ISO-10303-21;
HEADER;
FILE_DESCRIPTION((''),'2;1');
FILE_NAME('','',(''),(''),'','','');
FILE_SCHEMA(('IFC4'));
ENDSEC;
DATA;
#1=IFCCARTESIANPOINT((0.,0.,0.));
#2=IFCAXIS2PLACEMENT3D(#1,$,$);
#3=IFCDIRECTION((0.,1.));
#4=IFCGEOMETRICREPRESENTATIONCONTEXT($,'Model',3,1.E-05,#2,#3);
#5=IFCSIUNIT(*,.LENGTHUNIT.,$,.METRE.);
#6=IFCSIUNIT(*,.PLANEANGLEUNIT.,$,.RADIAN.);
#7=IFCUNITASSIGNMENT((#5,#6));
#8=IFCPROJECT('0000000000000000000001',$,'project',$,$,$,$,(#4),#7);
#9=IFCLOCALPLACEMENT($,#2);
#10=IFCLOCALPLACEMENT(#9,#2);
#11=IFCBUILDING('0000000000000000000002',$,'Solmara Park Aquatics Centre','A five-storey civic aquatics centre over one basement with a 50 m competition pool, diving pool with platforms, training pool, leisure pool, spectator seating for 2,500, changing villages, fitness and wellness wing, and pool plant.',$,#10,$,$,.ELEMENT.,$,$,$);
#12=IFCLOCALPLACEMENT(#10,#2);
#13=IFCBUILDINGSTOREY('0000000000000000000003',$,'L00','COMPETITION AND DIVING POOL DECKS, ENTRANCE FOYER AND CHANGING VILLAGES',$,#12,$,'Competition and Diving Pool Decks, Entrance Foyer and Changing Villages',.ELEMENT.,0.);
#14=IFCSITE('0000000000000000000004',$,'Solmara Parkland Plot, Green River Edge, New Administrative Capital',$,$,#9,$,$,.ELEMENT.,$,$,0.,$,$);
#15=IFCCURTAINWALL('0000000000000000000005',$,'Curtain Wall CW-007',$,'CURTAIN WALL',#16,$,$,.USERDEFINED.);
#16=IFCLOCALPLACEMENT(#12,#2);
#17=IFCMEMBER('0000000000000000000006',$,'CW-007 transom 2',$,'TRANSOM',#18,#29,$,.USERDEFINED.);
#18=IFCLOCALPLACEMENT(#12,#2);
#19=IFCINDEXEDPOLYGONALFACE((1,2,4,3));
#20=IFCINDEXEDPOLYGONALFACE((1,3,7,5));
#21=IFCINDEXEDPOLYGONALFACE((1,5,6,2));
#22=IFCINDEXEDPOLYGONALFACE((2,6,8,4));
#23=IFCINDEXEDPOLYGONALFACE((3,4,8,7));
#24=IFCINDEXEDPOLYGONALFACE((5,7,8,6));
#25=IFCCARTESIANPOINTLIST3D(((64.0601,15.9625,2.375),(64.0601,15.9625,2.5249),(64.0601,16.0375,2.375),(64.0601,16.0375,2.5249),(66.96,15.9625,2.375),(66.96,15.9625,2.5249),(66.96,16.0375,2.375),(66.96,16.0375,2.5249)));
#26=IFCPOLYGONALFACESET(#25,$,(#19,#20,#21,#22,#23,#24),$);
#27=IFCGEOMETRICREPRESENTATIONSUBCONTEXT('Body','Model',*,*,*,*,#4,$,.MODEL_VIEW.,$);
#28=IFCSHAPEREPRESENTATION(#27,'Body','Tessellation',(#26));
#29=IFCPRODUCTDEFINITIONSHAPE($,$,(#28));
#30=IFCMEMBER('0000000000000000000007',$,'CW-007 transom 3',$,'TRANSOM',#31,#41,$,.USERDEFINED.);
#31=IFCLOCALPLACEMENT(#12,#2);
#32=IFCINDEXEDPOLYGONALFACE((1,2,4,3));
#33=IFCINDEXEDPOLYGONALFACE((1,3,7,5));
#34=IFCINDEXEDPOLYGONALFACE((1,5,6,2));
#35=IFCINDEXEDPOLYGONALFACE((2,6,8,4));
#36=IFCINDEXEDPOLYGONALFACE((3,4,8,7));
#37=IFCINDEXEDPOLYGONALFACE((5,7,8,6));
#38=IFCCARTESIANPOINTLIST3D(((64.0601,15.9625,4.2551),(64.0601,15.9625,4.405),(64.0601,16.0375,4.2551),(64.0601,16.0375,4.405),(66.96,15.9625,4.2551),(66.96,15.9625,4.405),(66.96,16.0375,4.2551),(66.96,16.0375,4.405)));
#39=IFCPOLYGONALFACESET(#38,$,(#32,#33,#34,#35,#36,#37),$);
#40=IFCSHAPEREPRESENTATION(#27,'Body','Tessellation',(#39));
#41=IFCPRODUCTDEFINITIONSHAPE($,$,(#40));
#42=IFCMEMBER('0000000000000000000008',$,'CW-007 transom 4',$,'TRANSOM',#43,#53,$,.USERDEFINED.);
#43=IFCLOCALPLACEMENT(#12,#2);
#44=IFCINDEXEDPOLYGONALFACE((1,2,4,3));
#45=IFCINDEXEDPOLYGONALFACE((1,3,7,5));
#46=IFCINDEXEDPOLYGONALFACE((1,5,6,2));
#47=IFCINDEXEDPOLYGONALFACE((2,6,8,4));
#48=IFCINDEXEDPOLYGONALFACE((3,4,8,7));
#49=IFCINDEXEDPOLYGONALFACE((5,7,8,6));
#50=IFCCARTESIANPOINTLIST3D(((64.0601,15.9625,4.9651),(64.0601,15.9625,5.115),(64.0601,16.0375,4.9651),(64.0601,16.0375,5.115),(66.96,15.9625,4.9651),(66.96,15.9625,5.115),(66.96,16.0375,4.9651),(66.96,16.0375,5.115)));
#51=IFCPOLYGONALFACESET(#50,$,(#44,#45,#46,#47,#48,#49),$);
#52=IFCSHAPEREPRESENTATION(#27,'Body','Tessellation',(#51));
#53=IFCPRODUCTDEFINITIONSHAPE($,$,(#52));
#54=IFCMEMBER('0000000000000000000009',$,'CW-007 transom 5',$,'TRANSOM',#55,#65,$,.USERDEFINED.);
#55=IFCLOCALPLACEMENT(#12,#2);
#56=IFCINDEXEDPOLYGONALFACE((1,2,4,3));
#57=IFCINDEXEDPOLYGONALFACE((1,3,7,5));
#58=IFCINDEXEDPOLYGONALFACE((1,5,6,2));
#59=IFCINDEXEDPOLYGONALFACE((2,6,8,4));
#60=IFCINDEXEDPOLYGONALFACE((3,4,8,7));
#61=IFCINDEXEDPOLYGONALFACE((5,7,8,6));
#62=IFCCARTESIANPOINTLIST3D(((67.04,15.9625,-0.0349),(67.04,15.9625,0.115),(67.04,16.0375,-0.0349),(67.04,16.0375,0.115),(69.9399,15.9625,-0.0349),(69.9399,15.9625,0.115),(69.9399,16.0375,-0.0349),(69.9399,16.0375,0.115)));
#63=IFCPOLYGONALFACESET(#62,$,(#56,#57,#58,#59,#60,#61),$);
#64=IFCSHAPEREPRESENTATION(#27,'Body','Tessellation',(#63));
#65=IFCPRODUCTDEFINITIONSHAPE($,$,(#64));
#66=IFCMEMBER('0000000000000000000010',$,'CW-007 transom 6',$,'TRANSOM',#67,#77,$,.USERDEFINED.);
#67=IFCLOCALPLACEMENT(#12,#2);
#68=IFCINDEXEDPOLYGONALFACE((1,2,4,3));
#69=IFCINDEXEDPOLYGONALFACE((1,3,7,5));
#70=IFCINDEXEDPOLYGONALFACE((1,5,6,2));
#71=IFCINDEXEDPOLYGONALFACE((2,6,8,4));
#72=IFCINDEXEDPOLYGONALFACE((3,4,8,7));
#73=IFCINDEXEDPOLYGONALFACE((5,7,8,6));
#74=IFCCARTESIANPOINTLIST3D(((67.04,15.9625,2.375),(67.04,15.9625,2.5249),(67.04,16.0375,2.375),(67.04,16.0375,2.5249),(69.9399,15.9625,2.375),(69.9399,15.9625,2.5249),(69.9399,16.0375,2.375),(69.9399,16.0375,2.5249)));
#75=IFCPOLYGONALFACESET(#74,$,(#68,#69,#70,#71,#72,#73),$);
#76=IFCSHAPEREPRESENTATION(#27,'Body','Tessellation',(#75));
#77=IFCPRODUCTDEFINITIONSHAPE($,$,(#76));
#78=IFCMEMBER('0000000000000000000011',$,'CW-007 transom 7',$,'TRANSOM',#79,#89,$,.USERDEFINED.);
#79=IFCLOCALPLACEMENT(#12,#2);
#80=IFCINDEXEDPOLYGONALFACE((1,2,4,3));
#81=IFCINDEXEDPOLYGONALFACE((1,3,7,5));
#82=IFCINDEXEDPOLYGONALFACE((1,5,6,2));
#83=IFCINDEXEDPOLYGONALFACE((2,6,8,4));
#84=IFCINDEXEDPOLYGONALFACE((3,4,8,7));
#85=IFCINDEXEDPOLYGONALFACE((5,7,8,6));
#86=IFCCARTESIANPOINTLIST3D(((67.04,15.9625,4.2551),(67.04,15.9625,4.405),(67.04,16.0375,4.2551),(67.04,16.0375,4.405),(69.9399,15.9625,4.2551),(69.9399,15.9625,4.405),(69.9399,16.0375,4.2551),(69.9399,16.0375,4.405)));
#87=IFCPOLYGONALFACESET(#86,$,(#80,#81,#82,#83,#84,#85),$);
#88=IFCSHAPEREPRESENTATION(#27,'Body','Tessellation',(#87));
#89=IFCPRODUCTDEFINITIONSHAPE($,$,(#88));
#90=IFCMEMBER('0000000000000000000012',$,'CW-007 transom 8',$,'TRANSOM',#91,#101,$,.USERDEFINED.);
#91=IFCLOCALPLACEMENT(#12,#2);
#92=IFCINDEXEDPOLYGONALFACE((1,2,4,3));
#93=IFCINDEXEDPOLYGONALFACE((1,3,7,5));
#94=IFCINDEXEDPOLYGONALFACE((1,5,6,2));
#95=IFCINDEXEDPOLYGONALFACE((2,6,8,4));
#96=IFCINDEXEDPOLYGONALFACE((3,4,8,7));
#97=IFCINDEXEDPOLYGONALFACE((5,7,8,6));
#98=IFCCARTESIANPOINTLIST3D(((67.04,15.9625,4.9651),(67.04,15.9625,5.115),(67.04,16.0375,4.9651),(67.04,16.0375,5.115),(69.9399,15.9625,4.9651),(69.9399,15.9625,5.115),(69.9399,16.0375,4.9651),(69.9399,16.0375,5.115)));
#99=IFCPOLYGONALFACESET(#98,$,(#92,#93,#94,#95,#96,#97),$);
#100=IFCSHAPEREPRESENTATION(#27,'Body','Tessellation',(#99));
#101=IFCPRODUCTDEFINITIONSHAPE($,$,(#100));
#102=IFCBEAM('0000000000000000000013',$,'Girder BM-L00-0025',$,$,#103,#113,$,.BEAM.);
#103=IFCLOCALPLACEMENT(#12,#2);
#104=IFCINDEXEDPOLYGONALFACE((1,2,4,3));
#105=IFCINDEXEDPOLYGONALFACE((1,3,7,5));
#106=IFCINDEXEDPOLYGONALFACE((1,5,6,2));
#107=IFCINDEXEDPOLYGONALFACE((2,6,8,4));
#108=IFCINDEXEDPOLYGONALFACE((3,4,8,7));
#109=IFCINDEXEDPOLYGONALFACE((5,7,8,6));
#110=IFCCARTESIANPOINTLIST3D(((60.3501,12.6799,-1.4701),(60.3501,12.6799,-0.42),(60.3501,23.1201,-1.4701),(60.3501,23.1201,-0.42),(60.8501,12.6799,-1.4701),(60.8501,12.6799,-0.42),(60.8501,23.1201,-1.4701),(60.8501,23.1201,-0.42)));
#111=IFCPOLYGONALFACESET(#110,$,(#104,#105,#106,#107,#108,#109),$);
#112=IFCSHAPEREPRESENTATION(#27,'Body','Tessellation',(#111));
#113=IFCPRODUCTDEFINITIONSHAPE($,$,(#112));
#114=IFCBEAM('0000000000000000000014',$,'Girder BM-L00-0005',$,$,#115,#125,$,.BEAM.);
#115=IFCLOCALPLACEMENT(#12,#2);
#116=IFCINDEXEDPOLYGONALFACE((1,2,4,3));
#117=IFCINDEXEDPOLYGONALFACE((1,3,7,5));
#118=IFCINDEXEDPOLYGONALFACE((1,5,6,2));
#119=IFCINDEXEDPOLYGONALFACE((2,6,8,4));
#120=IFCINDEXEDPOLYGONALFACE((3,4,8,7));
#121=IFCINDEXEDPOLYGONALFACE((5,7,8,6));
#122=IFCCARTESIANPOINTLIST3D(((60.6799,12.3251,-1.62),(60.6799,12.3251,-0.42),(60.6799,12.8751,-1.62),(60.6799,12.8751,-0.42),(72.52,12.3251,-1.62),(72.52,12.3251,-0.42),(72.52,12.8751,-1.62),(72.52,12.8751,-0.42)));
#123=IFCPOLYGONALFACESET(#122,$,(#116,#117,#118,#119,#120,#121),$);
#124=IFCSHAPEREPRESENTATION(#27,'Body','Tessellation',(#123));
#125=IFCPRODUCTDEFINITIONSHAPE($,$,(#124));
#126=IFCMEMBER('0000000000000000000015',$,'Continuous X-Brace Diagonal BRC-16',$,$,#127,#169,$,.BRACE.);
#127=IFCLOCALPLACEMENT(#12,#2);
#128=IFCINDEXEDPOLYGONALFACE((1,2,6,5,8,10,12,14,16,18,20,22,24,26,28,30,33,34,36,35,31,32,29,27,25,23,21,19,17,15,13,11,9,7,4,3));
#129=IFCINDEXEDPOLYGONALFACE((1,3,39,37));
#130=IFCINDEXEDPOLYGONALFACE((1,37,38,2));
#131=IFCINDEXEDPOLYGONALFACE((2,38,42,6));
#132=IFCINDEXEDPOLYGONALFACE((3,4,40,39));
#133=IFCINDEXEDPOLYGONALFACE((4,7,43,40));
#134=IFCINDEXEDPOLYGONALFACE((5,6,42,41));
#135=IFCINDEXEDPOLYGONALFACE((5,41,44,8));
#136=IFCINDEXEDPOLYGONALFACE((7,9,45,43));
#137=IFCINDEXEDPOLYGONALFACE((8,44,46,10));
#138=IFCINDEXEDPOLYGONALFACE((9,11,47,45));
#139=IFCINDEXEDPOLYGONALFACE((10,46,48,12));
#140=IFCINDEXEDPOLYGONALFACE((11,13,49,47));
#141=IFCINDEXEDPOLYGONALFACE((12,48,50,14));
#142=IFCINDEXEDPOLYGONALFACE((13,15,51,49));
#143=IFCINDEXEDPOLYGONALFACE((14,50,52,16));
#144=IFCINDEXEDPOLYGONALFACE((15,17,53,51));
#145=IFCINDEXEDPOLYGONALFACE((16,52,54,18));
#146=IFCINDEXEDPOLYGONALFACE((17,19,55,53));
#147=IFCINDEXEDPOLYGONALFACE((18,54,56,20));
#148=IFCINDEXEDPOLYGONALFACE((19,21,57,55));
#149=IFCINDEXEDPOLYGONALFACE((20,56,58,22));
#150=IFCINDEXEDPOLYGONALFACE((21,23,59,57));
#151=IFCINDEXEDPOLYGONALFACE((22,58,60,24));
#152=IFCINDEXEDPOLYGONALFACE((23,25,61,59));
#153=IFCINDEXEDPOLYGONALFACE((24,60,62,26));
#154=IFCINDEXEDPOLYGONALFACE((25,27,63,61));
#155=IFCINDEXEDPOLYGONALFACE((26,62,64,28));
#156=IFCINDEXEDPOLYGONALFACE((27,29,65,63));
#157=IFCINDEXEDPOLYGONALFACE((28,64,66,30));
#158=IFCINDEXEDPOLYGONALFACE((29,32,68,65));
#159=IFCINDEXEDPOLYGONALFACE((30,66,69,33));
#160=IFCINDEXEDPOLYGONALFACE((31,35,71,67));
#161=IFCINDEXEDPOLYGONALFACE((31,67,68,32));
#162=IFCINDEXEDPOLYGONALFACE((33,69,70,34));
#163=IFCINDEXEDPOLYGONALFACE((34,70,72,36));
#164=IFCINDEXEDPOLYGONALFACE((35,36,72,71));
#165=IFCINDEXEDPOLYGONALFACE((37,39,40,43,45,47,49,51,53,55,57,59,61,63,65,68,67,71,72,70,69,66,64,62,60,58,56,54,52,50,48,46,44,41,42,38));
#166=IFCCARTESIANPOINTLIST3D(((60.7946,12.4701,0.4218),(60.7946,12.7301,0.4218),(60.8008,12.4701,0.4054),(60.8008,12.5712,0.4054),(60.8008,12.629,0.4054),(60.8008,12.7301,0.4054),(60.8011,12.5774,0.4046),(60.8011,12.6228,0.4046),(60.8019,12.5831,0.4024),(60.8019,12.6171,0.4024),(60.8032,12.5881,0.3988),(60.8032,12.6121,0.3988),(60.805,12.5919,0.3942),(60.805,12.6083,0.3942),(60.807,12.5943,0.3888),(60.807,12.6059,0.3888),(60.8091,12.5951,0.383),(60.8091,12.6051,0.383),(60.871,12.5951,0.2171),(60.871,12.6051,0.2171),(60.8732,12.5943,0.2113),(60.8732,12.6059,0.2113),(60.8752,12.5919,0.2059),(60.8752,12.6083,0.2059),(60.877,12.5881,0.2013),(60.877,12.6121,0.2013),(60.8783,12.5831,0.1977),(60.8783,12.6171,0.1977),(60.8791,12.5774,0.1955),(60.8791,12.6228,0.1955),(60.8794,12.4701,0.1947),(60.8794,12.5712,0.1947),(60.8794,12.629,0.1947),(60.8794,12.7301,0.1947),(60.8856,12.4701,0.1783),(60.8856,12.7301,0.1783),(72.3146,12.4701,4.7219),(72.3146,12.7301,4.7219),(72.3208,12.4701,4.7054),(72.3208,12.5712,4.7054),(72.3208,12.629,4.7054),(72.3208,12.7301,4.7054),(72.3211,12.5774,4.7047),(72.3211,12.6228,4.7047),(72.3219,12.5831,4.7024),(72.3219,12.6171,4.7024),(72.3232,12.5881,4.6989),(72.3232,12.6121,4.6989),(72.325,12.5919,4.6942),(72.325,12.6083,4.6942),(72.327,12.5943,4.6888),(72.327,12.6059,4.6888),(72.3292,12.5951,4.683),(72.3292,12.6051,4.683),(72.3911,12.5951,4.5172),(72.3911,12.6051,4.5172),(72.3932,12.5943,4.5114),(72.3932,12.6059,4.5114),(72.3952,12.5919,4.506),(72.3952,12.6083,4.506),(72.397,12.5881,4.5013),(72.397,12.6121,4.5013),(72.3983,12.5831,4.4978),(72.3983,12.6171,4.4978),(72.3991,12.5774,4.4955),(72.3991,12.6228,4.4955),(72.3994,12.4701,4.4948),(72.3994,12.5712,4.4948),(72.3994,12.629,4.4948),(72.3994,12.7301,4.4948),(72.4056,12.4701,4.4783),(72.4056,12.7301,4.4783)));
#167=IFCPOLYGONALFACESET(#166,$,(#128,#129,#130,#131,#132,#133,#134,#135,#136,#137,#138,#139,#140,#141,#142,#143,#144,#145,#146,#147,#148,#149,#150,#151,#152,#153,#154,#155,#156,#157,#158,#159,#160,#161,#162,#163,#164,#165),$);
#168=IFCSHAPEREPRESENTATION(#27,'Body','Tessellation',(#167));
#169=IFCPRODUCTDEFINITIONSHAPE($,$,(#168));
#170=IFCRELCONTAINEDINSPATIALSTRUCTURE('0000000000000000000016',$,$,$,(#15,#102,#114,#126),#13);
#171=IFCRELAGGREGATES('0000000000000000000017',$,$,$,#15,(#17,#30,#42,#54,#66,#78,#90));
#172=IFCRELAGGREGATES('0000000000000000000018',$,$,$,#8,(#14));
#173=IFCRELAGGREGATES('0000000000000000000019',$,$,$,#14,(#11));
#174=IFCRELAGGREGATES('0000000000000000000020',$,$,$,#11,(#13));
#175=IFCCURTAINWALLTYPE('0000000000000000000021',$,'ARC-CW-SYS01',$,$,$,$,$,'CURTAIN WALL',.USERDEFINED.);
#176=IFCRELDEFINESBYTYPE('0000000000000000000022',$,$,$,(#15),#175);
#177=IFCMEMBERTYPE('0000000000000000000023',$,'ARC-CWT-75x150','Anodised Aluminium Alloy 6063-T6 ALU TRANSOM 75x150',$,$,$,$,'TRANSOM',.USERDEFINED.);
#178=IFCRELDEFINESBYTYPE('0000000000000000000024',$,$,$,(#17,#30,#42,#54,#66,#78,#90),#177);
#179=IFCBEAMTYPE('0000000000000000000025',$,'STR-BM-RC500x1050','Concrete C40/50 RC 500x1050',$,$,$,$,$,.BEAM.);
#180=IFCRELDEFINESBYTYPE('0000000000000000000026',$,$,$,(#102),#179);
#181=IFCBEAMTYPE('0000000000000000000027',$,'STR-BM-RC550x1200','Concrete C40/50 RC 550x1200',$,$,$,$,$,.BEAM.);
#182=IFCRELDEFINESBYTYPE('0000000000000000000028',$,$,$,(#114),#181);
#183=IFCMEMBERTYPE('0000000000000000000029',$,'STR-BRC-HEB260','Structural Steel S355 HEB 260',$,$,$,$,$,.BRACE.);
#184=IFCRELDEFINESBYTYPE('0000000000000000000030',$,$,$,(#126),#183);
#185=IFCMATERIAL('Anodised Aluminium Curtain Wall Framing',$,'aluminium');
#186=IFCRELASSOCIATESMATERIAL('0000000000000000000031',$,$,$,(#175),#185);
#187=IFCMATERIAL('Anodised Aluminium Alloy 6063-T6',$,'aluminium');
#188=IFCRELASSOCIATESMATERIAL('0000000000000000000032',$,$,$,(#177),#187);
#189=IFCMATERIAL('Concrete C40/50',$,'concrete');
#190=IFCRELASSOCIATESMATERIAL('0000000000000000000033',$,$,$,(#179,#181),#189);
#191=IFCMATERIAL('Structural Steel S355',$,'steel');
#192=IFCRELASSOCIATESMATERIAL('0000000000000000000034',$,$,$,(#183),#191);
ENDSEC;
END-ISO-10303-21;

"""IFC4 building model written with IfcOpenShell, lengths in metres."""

from ifc_helpers import new_model, si_unit, direction, frame, origin, origin_2d, place, context, subcontext, project, spatial, rectangle, i_section, extrude, material, material_profile, profile_set, type_object, element, aggregate, save


model = new_model("IFC4")

# Units and contexts
model_context = context("Model", 3, precision=1e-05, world=origin(), true_north=direction((0.0, 1.0)))
body_context = subcontext(model_context, "Body", "Model", "MODEL_VIEW")
ifc_project = project(units=[si_unit("LENGTHUNIT", "METRE"), si_unit("PLANEANGLEUNIT", "RADIAN")], contexts=[model_context])

# Site, building, storey
site_placement = place(None, origin())
site = spatial("IfcSite", under=ifc_project, at=site_placement, Name="Solmara Parkland Plot, Green River Edge, New Administrative Capital", CompositionType="ELEMENT", RefElevation=0.0)
building_placement = place(site_placement, origin())
building = spatial("IfcBuilding", under=site, at=building_placement, Name="Solmara Park Aquatics Centre", Description="A five-storey civic aquatics centre over one basement with a 50 m competition pool, diving pool with platforms, training pool, leisure pool, spectator seating for 2,500, changing villages, fitness and wellness wing, and pool plant.", CompositionType="ELEMENT")
storey_placement = place(building_placement, origin())
storey = spatial("IfcBuildingStorey", under=building, at=storey_placement, Name="L00", Description="COMPETITION AND DIVING POOL DECKS, ENTRANCE FOYER AND CHANGING VILLAGES", LongName="Competition and Diving Pool Decks, Entrance Foyer and Changing Villages", CompositionType="ELEMENT", Elevation=0.0)

# Shared definitions
ifc_material_1 = material(Name="Structural Steel S355", Category="steel")

# Curtain wall
ifc_material_2 = material(Name="Anodised Aluminium Curtain Wall Framing", Category="aluminium")
curtain_wall_type = type_object("IfcCurtainWallType", Name="ARC-CW-SYS01", ElementType="CURTAIN WALL", PredefinedType="USERDEFINED", material=ifc_material_2)
ifc_material_3 = material(Name="Anodised Aluminium Alloy 6063-T6", Category="aluminium")
curtain_wall_1_placement = place(storey_placement, origin())
curtain_wall_1 = element("IfcCurtainWall", 1, at=curtain_wall_1_placement, inside=storey, type_object=curtain_wall_type, Name="Curtain Wall CW-007", ObjectType="CURTAIN WALL", PredefinedType="USERDEFINED")

# Members
ifc_material_profile_1 = material_profile(ifc_material_3, rectangle(XDim=0.075, YDim=0.1499, at=origin_2d()), Name="ALU TRANSOM 75x150")
ifc_profile_set_1 = profile_set([ifc_material_profile_1], Name="Anodised Aluminium Alloy 6063-T6")
member_type_1 = type_object("IfcMemberType", Name="ARC-CWT-75x150", Description="Anodised Aluminium Alloy 6063-T6 ALU TRANSOM 75x150", ElementType="TRANSOM", PredefinedType="USERDEFINED", material=ifc_profile_set_1)
member_1_placement = place(storey_placement, frame((64.0601, 16.0, 2.45), z_axis=(1.0, 0.0, 0.0), x_axis=(0.0, 1.0, 0.0)))
member_1 = element("IfcMember", 2, at=member_1_placement, type_object=member_type_1, Name="CW-007 transom 2", ObjectType="TRANSOM", PredefinedType="USERDEFINED", context=body_context, shape_type="SweptSolid", body=[
    extrude(rectangle(XDim=0.075, YDim=0.1499, at=origin_2d()), origin(), (0.0, 0.0, 1.0), 2.8999),
])
member_2_placement = place(storey_placement, frame((64.0601, 16.0, 4.3301), z_axis=(1.0, 0.0, 0.0), x_axis=(0.0, 1.0, 0.0)))
member_2 = element("IfcMember", 3, at=member_2_placement, type_object=member_type_1, Name="CW-007 transom 3", ObjectType="TRANSOM", PredefinedType="USERDEFINED", context=body_context, shape_type="SweptSolid", body=[
    extrude(rectangle(XDim=0.075, YDim=0.1499, at=origin_2d()), origin(), (0.0, 0.0, 1.0), 2.8999),
])
member_3_placement = place(storey_placement, frame((64.0601, 16.0, 5.04), z_axis=(1.0, 0.0, 0.0), x_axis=(0.0, 1.0, 0.0)))
member_3 = element("IfcMember", 4, at=member_3_placement, type_object=member_type_1, Name="CW-007 transom 4", ObjectType="TRANSOM", PredefinedType="USERDEFINED", context=body_context, shape_type="SweptSolid", body=[
    extrude(rectangle(XDim=0.075, YDim=0.1499, at=origin_2d()), origin(), (0.0, 0.0, 1.0), 2.8999),
])
member_4_placement = place(storey_placement, frame((67.04, 16.0, 0.04), z_axis=(1.0, 0.0, 0.0), x_axis=(0.0, 1.0, 0.0)))
member_4 = element("IfcMember", 5, at=member_4_placement, type_object=member_type_1, Name="CW-007 transom 5", ObjectType="TRANSOM", PredefinedType="USERDEFINED", context=body_context, shape_type="SweptSolid", body=[
    extrude(rectangle(XDim=0.075, YDim=0.1499, at=origin_2d()), origin(), (0.0, 0.0, 1.0), 2.8999),
])
member_5_placement = place(storey_placement, frame((67.04, 16.0, 2.45), z_axis=(1.0, 0.0, 0.0), x_axis=(0.0, 1.0, 0.0)))
member_5 = element("IfcMember", 6, at=member_5_placement, type_object=member_type_1, Name="CW-007 transom 6", ObjectType="TRANSOM", PredefinedType="USERDEFINED", context=body_context, shape_type="SweptSolid", body=[
    extrude(rectangle(XDim=0.075, YDim=0.1499, at=origin_2d()), origin(), (0.0, 0.0, 1.0), 2.8999),
])
member_6_placement = place(storey_placement, frame((67.04, 16.0, 4.3301), z_axis=(1.0, 0.0, 0.0), x_axis=(0.0, 1.0, 0.0)))
member_6 = element("IfcMember", 7, at=member_6_placement, type_object=member_type_1, Name="CW-007 transom 7", ObjectType="TRANSOM", PredefinedType="USERDEFINED", context=body_context, shape_type="SweptSolid", body=[
    extrude(rectangle(XDim=0.075, YDim=0.1499, at=origin_2d()), origin(), (0.0, 0.0, 1.0), 2.8999),
])
member_7_placement = place(storey_placement, frame((67.04, 16.0, 5.04), z_axis=(1.0, 0.0, 0.0), x_axis=(0.0, 1.0, 0.0)))
member_7 = element("IfcMember", 8, at=member_7_placement, type_object=member_type_1, Name="CW-007 transom 8", ObjectType="TRANSOM", PredefinedType="USERDEFINED", context=body_context, shape_type="SweptSolid", body=[
    extrude(rectangle(XDim=0.075, YDim=0.1499, at=origin_2d()), origin(), (0.0, 0.0, 1.0), 2.8999),
])

# Beams
ifc_material_4 = material(Name="Concrete C40/50", Category="concrete")
ifc_material_profile_2 = material_profile(ifc_material_4, rectangle(XDim=0.5, YDim=1.05, at=origin_2d()), Name="RC 500x1050")
ifc_profile_set_2 = profile_set([ifc_material_profile_2], Name="Concrete C40/50")
beam_type_1 = type_object("IfcBeamType", Name="STR-BM-RC500x1050", Description="Concrete C40/50 RC 500x1050", PredefinedType="BEAM", material=ifc_profile_set_2)
beam_1_placement = place(storey_placement, frame((60.6001, 12.6799, -0.9451), z_axis=(0.0, 1.0, 0.0), x_axis=(-1.0, 0.0, 0.0)))
element("IfcBeam", 9, at=beam_1_placement, inside=storey, type_object=beam_type_1, Name="Girder BM-L00-0025", PredefinedType="BEAM", context=body_context, shape_type="SweptSolid", body=[
    extrude(rectangle(XDim=0.5, YDim=1.05, at=origin_2d()), origin(), (0.0, 0.0, 1.0), 10.4402),
])
ifc_material_profile_3 = material_profile(ifc_material_4, rectangle(XDim=0.55, YDim=1.2, at=origin_2d()), Name="RC 550x1200")
ifc_profile_set_3 = profile_set([ifc_material_profile_3], Name="Concrete C40/50")
beam_type_2 = type_object("IfcBeamType", Name="STR-BM-RC550x1200", Description="Concrete C40/50 RC 550x1200", PredefinedType="BEAM", material=ifc_profile_set_3)
beam_2_placement = place(storey_placement, frame((60.6799, 12.6001, -1.02), z_axis=(1.0, 0.0, 0.0), x_axis=(0.0, 1.0, 0.0)))
element("IfcBeam", 10, at=beam_2_placement, inside=storey, type_object=beam_type_2, Name="Girder BM-L00-0005", PredefinedType="BEAM", context=body_context, shape_type="SweptSolid", body=[
    extrude(rectangle(XDim=0.55, YDim=1.2, at=origin_2d()), origin(), (0.0, 0.0, 1.0), 11.8401),
])

# Member
ifc_material_profile_4 = material_profile(ifc_material_1, i_section(OverallWidth=0.26, OverallDepth=0.26, WebThickness=0.01, FlangeThickness=0.0176, FilletRadius=0.0239, at=origin_2d()), Name="HEB 260")
ifc_profile_set_4 = profile_set([ifc_material_profile_4], Name="Structural Steel S355")
member_type_2 = type_object("IfcMemberType", Name="STR-BRC-HEB260", Description="Structural Steel S355 HEB 260", PredefinedType="BRACE", material=ifc_profile_set_4)
member_8_placement = place(storey_placement, frame((60.8401, 12.6001, 0.3), z_axis=(0.936862, 0.0, 0.3497), x_axis=(0.0, 1.0, 0.0)))
element("IfcMember", 11, at=member_8_placement, inside=storey, type_object=member_type_2, Name="Continuous X-Brace Diagonal BRC-16", PredefinedType="BRACE", context=body_context, shape_type="SweptSolid", body=[
    extrude(i_section(OverallWidth=0.26, OverallDepth=0.26, WebThickness=0.01, FlangeThickness=0.0176, FilletRadius=0.0239, at=origin_2d()), origin(), (0.0, 0.0, 1.0), 12.2964),
])

aggregate(curtain_wall_1, [member_1, member_2, member_3, member_4, member_5, member_6, member_7])

save(model, "model.ifc")
